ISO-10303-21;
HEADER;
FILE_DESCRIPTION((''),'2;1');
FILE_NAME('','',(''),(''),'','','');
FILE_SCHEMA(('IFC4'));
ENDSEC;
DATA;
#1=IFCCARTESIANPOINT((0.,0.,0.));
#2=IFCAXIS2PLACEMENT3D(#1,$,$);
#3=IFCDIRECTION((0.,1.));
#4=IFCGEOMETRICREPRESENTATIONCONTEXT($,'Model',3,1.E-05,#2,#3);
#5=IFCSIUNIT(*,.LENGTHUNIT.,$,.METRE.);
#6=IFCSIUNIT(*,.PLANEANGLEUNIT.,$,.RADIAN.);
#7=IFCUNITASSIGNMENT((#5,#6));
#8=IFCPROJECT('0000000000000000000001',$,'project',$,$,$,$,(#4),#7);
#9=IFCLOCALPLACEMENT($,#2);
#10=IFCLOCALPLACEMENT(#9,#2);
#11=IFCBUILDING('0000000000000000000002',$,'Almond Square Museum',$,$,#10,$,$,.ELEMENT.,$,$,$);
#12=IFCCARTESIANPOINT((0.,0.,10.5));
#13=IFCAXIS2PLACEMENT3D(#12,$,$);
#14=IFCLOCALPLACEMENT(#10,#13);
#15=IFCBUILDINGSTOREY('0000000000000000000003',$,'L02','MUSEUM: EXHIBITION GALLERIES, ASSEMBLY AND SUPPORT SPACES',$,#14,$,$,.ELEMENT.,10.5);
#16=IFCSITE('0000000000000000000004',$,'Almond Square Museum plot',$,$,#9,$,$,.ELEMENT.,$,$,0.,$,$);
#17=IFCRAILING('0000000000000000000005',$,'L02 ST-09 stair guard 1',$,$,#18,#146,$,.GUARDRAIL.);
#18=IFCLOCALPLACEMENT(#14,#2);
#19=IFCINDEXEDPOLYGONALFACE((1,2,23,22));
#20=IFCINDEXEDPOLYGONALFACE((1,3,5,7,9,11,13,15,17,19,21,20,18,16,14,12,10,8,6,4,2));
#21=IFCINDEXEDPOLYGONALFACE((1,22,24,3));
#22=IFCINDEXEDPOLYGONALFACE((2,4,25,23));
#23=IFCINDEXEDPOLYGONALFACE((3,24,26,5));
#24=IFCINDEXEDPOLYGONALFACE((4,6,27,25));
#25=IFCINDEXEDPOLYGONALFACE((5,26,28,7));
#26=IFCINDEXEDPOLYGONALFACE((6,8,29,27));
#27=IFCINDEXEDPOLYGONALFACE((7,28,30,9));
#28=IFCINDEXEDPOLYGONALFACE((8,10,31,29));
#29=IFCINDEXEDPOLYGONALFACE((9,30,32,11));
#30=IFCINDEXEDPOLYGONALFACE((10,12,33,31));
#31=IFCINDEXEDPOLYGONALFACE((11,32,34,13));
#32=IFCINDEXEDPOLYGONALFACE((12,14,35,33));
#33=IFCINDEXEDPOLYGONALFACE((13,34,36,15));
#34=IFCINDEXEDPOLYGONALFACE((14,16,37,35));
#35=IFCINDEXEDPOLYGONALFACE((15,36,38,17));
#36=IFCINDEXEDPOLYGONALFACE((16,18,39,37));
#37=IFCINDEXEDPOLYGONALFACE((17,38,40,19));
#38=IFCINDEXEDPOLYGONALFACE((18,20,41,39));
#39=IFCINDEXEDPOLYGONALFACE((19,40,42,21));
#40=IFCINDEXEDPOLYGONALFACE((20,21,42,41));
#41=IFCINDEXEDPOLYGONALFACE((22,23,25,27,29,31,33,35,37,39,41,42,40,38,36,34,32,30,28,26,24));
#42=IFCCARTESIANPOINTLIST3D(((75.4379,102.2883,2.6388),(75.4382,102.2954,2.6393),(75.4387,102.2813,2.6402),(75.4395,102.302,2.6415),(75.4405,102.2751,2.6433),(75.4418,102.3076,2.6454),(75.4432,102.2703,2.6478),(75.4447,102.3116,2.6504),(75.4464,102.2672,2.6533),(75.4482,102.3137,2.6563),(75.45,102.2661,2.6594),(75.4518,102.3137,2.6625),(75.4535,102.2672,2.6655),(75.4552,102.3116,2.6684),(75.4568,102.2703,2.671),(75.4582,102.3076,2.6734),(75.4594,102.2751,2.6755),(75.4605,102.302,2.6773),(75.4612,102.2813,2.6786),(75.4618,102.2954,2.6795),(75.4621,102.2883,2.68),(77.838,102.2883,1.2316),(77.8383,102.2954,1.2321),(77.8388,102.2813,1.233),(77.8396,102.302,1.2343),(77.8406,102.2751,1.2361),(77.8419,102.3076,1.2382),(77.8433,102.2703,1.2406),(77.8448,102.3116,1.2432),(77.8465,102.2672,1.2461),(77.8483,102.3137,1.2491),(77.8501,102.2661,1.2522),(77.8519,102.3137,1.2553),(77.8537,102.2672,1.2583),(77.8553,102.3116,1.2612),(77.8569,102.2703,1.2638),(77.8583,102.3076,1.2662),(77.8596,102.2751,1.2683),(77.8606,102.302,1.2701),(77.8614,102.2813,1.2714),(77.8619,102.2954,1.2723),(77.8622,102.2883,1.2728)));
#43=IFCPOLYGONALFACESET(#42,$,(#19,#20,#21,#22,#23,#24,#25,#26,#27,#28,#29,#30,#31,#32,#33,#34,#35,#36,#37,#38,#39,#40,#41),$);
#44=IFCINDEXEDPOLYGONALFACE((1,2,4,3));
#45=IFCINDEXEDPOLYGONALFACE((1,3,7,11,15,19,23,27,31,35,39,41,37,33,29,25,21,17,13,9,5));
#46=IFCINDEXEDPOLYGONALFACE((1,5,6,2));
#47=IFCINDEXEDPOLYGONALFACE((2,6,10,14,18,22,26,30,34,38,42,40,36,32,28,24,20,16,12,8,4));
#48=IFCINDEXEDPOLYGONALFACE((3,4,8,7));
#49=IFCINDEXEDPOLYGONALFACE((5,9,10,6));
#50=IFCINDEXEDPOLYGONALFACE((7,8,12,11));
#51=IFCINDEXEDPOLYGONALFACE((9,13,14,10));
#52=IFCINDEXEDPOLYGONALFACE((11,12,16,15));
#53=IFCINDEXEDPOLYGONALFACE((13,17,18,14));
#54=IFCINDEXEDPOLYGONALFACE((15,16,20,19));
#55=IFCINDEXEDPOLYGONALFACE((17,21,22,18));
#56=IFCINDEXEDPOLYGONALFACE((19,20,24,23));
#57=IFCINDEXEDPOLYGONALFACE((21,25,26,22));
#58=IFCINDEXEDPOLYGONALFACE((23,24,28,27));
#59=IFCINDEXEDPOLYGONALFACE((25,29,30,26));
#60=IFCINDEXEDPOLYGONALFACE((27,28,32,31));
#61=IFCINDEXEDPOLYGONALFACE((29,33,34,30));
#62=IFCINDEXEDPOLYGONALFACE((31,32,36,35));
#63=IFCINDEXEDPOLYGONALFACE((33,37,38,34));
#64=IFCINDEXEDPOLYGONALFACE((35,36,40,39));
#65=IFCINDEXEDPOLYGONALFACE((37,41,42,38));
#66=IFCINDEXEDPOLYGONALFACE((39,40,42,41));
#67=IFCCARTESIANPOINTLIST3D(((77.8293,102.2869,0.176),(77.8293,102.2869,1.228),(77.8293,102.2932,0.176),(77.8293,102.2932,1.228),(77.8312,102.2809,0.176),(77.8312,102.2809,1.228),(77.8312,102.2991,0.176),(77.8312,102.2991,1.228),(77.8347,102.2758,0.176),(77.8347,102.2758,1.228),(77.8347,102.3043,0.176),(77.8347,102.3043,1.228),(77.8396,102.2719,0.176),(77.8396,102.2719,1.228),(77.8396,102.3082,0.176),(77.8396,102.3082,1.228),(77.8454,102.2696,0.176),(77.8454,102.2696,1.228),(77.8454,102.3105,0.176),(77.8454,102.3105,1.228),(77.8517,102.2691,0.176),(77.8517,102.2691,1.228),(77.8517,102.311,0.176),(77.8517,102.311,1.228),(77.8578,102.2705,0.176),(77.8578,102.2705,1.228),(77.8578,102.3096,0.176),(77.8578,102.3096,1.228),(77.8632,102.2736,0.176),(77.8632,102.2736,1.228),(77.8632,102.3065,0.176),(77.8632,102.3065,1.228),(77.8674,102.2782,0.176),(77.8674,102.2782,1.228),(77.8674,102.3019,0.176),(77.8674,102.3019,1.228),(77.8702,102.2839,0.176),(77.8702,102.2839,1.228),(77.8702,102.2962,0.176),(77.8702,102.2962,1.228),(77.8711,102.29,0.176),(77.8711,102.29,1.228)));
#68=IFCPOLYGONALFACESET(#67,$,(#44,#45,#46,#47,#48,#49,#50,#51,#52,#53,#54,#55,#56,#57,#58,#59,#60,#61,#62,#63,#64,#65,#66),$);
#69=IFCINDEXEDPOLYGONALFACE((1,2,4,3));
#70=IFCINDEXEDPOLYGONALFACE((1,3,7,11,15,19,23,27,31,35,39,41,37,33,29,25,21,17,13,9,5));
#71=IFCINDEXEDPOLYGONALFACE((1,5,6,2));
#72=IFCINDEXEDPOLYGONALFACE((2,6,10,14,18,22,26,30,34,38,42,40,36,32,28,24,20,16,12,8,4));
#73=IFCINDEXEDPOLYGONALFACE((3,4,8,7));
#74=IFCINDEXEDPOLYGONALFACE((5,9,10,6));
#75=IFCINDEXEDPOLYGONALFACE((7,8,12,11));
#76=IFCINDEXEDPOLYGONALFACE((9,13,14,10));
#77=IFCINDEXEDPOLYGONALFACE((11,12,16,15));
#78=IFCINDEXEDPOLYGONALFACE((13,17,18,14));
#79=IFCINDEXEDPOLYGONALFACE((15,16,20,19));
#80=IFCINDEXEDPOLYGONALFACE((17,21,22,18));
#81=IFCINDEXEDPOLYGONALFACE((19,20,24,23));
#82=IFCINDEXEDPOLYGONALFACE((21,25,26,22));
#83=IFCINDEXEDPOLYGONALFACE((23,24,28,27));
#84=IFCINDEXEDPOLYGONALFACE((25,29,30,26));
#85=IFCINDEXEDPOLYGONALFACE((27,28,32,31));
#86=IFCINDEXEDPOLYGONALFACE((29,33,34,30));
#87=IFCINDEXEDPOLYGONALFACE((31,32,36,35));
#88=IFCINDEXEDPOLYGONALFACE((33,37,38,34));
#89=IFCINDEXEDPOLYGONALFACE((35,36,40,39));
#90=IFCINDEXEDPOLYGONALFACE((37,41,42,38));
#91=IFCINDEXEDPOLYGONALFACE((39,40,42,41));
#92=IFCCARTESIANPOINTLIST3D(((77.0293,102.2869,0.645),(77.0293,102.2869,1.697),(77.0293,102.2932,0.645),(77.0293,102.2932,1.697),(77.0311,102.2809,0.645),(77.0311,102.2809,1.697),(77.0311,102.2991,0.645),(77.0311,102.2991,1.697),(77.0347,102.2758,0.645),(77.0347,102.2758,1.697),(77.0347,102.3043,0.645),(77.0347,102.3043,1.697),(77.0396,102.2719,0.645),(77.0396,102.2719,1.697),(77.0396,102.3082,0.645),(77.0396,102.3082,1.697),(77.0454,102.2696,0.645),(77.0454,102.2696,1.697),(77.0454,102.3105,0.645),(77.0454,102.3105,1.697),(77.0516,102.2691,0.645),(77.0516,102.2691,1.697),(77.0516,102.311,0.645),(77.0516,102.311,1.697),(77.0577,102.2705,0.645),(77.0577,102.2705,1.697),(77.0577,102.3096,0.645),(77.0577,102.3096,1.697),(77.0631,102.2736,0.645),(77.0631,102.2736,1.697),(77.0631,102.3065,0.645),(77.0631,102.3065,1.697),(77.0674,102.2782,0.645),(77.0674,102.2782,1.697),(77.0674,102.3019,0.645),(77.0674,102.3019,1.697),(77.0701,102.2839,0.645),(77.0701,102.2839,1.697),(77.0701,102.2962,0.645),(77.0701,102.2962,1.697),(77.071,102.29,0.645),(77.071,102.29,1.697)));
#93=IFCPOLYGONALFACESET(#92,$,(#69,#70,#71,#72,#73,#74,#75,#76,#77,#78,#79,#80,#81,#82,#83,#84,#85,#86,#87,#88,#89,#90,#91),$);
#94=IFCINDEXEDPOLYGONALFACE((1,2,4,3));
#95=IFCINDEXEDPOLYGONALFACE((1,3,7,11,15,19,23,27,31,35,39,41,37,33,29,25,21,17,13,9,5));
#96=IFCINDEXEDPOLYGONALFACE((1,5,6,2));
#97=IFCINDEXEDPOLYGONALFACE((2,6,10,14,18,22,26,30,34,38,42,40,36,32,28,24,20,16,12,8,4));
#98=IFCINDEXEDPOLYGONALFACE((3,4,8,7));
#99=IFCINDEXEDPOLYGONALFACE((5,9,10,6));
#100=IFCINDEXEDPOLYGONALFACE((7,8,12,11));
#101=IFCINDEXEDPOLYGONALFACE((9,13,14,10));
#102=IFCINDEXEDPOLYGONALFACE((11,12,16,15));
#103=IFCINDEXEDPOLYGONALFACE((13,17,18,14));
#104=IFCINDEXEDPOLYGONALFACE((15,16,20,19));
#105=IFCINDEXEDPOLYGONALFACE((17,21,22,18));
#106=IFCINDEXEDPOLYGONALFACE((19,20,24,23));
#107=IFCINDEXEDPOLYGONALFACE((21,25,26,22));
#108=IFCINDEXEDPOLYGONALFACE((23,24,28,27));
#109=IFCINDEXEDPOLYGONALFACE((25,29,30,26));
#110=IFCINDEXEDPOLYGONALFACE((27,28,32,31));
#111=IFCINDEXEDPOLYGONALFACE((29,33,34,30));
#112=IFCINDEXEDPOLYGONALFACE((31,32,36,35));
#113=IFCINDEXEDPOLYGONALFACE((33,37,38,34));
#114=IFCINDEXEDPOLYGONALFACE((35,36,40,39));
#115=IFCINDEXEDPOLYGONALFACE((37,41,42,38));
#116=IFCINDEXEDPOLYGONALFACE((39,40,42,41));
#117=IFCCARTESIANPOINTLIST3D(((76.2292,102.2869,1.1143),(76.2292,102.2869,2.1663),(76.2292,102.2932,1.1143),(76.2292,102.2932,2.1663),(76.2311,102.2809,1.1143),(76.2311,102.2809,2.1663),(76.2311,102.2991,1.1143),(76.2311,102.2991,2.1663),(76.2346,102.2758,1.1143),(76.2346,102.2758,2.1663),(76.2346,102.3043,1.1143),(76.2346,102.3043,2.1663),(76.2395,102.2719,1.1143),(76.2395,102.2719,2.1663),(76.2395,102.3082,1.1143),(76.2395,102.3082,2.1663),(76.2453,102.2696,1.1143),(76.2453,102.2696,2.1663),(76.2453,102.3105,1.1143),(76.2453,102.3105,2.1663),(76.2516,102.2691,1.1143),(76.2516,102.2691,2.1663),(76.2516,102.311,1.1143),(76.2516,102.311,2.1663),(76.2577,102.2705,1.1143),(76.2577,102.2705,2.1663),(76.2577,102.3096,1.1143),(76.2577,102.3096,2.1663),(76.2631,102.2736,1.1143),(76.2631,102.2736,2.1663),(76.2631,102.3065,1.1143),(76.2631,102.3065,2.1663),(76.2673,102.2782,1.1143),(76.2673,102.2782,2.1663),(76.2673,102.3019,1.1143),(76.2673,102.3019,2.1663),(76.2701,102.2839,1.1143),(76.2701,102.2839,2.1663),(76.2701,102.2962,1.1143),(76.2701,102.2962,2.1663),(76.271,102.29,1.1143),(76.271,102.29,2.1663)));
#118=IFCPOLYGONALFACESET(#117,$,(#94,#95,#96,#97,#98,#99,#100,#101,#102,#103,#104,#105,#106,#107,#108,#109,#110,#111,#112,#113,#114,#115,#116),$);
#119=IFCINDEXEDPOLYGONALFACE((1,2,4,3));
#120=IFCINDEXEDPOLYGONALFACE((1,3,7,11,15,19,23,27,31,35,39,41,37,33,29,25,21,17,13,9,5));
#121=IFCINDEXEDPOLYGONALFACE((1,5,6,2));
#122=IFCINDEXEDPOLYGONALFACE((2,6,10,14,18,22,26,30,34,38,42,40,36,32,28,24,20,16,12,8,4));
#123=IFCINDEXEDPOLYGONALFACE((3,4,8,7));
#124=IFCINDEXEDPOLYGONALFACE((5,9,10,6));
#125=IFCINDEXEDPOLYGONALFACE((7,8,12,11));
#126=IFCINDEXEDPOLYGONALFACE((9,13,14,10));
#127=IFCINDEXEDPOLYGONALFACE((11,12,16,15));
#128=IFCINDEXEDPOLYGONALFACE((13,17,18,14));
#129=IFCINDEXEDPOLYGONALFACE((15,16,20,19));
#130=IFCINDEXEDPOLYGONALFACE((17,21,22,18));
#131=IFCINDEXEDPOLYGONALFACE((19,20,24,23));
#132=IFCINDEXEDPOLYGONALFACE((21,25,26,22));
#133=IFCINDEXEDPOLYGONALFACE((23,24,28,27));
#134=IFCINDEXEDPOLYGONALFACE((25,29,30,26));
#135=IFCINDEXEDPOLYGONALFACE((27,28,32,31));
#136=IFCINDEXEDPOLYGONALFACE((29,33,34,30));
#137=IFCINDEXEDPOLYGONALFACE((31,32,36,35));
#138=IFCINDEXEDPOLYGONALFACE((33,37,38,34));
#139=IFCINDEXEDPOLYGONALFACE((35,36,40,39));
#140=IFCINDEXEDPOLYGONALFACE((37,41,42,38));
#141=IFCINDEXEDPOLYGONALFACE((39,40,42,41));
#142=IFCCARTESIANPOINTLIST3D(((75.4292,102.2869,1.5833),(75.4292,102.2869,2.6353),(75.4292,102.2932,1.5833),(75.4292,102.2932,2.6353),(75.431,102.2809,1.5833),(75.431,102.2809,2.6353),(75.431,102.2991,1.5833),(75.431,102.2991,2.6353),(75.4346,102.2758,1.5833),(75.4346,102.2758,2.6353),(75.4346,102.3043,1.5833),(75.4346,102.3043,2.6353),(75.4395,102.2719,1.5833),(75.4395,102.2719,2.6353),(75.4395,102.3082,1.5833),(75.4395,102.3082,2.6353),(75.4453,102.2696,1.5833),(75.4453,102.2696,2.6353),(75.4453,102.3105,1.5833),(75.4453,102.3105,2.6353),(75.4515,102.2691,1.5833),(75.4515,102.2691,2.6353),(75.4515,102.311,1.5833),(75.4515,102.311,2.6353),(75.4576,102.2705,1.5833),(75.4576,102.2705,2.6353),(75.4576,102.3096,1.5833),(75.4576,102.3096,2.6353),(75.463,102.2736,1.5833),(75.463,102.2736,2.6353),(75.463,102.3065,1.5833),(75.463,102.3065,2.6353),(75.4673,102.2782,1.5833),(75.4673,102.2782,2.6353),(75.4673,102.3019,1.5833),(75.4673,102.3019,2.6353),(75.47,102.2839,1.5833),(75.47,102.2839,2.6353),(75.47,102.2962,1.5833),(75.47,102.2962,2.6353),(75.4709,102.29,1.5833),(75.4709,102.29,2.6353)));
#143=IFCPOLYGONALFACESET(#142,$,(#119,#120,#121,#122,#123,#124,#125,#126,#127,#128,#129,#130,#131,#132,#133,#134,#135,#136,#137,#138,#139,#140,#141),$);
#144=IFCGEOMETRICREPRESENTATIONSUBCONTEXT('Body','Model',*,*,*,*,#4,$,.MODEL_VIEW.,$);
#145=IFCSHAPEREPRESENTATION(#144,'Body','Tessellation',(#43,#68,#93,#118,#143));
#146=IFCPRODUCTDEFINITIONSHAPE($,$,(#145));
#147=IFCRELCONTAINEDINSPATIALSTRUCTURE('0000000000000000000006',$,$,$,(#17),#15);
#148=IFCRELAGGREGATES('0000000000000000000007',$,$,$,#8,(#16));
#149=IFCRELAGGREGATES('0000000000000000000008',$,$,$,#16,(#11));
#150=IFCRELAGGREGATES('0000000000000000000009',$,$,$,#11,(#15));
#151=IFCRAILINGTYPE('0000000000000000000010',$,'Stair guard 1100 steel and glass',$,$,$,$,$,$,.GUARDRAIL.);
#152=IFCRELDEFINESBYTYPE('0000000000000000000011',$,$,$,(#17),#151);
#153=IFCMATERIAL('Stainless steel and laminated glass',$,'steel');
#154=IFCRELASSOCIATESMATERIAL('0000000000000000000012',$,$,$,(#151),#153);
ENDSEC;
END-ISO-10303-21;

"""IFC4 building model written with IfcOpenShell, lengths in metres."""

from ifc_helpers import new_model, si_unit, direction, frame, origin, origin_2d, place, context, subcontext, project, spatial, circle, extrude, material, type_object, element, save


model = new_model("IFC4")

# Units and contexts
model_context = context("Model", 3, precision=1e-05, world=origin(), true_north=direction((0.0, 1.0)))
body_context = subcontext(model_context, "Body", "Model", "MODEL_VIEW")
ifc_project = project(units=[si_unit("LENGTHUNIT", "METRE"), si_unit("PLANEANGLEUNIT", "RADIAN")], contexts=[model_context])

# Site, building, storey
site_placement = place(None, origin())
site = spatial("IfcSite", under=ifc_project, at=site_placement, Name="Almond Square Museum plot", CompositionType="ELEMENT", RefElevation=0.0)
building_placement = place(site_placement, origin())
building = spatial("IfcBuilding", under=site, at=building_placement, Name="Almond Square Museum", CompositionType="ELEMENT")
storey_placement = place(building_placement, frame((0.0, 0.0, 10.5)))
storey = spatial("IfcBuildingStorey", under=building, at=storey_placement, Name="L02", Description="MUSEUM: EXHIBITION GALLERIES, ASSEMBLY AND SUPPORT SPACES", CompositionType="ELEMENT", Elevation=10.5)

# Railing
ifc_material_1 = material(Name="Stainless steel and laminated glass", Category="steel")
railing_type_1 = type_object("IfcRailingType", Name="Stair guard 1100 steel and glass", PredefinedType="GUARDRAIL", material=ifc_material_1)
railing_1_placement = place(storey_placement, frame((77.8501, 102.29, 0.176)))
element("IfcRailing", 1, at=railing_1_placement, inside=storey, type_object=railing_type_1, Name="L02 ST-09 stair guard 1", PredefinedType="GUARDRAIL", context=body_context, shape_type="SweptSolid", body=[
    extrude(circle(Radius=0.0239, at=origin_2d()), frame((0.0, 0.0, 1.0762), z_axis=(-0.86266, 0.0, 0.505785), x_axis=(0.0, -1.0, 0.0)), (0.0, 0.0, 1.0), 2.7822),
    extrude(circle(Radius=0.021, at=origin_2d()), origin(), (0.0, 0.0, 1.0), 1.052),
    extrude(circle(Radius=0.021, at=origin_2d()), frame((-0.8, 0.0, 0.469)), (0.0, 0.0, 1.0), 1.052),
    extrude(circle(Radius=0.021, at=origin_2d()), frame((-1.6001, 0.0, 0.9382)), (0.0, 0.0, 1.0), 1.052),
    extrude(circle(Radius=0.021, at=origin_2d()), frame((-2.4001, 0.0, 1.4072)), (0.0, 0.0, 1.0), 1.052),
])

save(model, "model.ifc")
